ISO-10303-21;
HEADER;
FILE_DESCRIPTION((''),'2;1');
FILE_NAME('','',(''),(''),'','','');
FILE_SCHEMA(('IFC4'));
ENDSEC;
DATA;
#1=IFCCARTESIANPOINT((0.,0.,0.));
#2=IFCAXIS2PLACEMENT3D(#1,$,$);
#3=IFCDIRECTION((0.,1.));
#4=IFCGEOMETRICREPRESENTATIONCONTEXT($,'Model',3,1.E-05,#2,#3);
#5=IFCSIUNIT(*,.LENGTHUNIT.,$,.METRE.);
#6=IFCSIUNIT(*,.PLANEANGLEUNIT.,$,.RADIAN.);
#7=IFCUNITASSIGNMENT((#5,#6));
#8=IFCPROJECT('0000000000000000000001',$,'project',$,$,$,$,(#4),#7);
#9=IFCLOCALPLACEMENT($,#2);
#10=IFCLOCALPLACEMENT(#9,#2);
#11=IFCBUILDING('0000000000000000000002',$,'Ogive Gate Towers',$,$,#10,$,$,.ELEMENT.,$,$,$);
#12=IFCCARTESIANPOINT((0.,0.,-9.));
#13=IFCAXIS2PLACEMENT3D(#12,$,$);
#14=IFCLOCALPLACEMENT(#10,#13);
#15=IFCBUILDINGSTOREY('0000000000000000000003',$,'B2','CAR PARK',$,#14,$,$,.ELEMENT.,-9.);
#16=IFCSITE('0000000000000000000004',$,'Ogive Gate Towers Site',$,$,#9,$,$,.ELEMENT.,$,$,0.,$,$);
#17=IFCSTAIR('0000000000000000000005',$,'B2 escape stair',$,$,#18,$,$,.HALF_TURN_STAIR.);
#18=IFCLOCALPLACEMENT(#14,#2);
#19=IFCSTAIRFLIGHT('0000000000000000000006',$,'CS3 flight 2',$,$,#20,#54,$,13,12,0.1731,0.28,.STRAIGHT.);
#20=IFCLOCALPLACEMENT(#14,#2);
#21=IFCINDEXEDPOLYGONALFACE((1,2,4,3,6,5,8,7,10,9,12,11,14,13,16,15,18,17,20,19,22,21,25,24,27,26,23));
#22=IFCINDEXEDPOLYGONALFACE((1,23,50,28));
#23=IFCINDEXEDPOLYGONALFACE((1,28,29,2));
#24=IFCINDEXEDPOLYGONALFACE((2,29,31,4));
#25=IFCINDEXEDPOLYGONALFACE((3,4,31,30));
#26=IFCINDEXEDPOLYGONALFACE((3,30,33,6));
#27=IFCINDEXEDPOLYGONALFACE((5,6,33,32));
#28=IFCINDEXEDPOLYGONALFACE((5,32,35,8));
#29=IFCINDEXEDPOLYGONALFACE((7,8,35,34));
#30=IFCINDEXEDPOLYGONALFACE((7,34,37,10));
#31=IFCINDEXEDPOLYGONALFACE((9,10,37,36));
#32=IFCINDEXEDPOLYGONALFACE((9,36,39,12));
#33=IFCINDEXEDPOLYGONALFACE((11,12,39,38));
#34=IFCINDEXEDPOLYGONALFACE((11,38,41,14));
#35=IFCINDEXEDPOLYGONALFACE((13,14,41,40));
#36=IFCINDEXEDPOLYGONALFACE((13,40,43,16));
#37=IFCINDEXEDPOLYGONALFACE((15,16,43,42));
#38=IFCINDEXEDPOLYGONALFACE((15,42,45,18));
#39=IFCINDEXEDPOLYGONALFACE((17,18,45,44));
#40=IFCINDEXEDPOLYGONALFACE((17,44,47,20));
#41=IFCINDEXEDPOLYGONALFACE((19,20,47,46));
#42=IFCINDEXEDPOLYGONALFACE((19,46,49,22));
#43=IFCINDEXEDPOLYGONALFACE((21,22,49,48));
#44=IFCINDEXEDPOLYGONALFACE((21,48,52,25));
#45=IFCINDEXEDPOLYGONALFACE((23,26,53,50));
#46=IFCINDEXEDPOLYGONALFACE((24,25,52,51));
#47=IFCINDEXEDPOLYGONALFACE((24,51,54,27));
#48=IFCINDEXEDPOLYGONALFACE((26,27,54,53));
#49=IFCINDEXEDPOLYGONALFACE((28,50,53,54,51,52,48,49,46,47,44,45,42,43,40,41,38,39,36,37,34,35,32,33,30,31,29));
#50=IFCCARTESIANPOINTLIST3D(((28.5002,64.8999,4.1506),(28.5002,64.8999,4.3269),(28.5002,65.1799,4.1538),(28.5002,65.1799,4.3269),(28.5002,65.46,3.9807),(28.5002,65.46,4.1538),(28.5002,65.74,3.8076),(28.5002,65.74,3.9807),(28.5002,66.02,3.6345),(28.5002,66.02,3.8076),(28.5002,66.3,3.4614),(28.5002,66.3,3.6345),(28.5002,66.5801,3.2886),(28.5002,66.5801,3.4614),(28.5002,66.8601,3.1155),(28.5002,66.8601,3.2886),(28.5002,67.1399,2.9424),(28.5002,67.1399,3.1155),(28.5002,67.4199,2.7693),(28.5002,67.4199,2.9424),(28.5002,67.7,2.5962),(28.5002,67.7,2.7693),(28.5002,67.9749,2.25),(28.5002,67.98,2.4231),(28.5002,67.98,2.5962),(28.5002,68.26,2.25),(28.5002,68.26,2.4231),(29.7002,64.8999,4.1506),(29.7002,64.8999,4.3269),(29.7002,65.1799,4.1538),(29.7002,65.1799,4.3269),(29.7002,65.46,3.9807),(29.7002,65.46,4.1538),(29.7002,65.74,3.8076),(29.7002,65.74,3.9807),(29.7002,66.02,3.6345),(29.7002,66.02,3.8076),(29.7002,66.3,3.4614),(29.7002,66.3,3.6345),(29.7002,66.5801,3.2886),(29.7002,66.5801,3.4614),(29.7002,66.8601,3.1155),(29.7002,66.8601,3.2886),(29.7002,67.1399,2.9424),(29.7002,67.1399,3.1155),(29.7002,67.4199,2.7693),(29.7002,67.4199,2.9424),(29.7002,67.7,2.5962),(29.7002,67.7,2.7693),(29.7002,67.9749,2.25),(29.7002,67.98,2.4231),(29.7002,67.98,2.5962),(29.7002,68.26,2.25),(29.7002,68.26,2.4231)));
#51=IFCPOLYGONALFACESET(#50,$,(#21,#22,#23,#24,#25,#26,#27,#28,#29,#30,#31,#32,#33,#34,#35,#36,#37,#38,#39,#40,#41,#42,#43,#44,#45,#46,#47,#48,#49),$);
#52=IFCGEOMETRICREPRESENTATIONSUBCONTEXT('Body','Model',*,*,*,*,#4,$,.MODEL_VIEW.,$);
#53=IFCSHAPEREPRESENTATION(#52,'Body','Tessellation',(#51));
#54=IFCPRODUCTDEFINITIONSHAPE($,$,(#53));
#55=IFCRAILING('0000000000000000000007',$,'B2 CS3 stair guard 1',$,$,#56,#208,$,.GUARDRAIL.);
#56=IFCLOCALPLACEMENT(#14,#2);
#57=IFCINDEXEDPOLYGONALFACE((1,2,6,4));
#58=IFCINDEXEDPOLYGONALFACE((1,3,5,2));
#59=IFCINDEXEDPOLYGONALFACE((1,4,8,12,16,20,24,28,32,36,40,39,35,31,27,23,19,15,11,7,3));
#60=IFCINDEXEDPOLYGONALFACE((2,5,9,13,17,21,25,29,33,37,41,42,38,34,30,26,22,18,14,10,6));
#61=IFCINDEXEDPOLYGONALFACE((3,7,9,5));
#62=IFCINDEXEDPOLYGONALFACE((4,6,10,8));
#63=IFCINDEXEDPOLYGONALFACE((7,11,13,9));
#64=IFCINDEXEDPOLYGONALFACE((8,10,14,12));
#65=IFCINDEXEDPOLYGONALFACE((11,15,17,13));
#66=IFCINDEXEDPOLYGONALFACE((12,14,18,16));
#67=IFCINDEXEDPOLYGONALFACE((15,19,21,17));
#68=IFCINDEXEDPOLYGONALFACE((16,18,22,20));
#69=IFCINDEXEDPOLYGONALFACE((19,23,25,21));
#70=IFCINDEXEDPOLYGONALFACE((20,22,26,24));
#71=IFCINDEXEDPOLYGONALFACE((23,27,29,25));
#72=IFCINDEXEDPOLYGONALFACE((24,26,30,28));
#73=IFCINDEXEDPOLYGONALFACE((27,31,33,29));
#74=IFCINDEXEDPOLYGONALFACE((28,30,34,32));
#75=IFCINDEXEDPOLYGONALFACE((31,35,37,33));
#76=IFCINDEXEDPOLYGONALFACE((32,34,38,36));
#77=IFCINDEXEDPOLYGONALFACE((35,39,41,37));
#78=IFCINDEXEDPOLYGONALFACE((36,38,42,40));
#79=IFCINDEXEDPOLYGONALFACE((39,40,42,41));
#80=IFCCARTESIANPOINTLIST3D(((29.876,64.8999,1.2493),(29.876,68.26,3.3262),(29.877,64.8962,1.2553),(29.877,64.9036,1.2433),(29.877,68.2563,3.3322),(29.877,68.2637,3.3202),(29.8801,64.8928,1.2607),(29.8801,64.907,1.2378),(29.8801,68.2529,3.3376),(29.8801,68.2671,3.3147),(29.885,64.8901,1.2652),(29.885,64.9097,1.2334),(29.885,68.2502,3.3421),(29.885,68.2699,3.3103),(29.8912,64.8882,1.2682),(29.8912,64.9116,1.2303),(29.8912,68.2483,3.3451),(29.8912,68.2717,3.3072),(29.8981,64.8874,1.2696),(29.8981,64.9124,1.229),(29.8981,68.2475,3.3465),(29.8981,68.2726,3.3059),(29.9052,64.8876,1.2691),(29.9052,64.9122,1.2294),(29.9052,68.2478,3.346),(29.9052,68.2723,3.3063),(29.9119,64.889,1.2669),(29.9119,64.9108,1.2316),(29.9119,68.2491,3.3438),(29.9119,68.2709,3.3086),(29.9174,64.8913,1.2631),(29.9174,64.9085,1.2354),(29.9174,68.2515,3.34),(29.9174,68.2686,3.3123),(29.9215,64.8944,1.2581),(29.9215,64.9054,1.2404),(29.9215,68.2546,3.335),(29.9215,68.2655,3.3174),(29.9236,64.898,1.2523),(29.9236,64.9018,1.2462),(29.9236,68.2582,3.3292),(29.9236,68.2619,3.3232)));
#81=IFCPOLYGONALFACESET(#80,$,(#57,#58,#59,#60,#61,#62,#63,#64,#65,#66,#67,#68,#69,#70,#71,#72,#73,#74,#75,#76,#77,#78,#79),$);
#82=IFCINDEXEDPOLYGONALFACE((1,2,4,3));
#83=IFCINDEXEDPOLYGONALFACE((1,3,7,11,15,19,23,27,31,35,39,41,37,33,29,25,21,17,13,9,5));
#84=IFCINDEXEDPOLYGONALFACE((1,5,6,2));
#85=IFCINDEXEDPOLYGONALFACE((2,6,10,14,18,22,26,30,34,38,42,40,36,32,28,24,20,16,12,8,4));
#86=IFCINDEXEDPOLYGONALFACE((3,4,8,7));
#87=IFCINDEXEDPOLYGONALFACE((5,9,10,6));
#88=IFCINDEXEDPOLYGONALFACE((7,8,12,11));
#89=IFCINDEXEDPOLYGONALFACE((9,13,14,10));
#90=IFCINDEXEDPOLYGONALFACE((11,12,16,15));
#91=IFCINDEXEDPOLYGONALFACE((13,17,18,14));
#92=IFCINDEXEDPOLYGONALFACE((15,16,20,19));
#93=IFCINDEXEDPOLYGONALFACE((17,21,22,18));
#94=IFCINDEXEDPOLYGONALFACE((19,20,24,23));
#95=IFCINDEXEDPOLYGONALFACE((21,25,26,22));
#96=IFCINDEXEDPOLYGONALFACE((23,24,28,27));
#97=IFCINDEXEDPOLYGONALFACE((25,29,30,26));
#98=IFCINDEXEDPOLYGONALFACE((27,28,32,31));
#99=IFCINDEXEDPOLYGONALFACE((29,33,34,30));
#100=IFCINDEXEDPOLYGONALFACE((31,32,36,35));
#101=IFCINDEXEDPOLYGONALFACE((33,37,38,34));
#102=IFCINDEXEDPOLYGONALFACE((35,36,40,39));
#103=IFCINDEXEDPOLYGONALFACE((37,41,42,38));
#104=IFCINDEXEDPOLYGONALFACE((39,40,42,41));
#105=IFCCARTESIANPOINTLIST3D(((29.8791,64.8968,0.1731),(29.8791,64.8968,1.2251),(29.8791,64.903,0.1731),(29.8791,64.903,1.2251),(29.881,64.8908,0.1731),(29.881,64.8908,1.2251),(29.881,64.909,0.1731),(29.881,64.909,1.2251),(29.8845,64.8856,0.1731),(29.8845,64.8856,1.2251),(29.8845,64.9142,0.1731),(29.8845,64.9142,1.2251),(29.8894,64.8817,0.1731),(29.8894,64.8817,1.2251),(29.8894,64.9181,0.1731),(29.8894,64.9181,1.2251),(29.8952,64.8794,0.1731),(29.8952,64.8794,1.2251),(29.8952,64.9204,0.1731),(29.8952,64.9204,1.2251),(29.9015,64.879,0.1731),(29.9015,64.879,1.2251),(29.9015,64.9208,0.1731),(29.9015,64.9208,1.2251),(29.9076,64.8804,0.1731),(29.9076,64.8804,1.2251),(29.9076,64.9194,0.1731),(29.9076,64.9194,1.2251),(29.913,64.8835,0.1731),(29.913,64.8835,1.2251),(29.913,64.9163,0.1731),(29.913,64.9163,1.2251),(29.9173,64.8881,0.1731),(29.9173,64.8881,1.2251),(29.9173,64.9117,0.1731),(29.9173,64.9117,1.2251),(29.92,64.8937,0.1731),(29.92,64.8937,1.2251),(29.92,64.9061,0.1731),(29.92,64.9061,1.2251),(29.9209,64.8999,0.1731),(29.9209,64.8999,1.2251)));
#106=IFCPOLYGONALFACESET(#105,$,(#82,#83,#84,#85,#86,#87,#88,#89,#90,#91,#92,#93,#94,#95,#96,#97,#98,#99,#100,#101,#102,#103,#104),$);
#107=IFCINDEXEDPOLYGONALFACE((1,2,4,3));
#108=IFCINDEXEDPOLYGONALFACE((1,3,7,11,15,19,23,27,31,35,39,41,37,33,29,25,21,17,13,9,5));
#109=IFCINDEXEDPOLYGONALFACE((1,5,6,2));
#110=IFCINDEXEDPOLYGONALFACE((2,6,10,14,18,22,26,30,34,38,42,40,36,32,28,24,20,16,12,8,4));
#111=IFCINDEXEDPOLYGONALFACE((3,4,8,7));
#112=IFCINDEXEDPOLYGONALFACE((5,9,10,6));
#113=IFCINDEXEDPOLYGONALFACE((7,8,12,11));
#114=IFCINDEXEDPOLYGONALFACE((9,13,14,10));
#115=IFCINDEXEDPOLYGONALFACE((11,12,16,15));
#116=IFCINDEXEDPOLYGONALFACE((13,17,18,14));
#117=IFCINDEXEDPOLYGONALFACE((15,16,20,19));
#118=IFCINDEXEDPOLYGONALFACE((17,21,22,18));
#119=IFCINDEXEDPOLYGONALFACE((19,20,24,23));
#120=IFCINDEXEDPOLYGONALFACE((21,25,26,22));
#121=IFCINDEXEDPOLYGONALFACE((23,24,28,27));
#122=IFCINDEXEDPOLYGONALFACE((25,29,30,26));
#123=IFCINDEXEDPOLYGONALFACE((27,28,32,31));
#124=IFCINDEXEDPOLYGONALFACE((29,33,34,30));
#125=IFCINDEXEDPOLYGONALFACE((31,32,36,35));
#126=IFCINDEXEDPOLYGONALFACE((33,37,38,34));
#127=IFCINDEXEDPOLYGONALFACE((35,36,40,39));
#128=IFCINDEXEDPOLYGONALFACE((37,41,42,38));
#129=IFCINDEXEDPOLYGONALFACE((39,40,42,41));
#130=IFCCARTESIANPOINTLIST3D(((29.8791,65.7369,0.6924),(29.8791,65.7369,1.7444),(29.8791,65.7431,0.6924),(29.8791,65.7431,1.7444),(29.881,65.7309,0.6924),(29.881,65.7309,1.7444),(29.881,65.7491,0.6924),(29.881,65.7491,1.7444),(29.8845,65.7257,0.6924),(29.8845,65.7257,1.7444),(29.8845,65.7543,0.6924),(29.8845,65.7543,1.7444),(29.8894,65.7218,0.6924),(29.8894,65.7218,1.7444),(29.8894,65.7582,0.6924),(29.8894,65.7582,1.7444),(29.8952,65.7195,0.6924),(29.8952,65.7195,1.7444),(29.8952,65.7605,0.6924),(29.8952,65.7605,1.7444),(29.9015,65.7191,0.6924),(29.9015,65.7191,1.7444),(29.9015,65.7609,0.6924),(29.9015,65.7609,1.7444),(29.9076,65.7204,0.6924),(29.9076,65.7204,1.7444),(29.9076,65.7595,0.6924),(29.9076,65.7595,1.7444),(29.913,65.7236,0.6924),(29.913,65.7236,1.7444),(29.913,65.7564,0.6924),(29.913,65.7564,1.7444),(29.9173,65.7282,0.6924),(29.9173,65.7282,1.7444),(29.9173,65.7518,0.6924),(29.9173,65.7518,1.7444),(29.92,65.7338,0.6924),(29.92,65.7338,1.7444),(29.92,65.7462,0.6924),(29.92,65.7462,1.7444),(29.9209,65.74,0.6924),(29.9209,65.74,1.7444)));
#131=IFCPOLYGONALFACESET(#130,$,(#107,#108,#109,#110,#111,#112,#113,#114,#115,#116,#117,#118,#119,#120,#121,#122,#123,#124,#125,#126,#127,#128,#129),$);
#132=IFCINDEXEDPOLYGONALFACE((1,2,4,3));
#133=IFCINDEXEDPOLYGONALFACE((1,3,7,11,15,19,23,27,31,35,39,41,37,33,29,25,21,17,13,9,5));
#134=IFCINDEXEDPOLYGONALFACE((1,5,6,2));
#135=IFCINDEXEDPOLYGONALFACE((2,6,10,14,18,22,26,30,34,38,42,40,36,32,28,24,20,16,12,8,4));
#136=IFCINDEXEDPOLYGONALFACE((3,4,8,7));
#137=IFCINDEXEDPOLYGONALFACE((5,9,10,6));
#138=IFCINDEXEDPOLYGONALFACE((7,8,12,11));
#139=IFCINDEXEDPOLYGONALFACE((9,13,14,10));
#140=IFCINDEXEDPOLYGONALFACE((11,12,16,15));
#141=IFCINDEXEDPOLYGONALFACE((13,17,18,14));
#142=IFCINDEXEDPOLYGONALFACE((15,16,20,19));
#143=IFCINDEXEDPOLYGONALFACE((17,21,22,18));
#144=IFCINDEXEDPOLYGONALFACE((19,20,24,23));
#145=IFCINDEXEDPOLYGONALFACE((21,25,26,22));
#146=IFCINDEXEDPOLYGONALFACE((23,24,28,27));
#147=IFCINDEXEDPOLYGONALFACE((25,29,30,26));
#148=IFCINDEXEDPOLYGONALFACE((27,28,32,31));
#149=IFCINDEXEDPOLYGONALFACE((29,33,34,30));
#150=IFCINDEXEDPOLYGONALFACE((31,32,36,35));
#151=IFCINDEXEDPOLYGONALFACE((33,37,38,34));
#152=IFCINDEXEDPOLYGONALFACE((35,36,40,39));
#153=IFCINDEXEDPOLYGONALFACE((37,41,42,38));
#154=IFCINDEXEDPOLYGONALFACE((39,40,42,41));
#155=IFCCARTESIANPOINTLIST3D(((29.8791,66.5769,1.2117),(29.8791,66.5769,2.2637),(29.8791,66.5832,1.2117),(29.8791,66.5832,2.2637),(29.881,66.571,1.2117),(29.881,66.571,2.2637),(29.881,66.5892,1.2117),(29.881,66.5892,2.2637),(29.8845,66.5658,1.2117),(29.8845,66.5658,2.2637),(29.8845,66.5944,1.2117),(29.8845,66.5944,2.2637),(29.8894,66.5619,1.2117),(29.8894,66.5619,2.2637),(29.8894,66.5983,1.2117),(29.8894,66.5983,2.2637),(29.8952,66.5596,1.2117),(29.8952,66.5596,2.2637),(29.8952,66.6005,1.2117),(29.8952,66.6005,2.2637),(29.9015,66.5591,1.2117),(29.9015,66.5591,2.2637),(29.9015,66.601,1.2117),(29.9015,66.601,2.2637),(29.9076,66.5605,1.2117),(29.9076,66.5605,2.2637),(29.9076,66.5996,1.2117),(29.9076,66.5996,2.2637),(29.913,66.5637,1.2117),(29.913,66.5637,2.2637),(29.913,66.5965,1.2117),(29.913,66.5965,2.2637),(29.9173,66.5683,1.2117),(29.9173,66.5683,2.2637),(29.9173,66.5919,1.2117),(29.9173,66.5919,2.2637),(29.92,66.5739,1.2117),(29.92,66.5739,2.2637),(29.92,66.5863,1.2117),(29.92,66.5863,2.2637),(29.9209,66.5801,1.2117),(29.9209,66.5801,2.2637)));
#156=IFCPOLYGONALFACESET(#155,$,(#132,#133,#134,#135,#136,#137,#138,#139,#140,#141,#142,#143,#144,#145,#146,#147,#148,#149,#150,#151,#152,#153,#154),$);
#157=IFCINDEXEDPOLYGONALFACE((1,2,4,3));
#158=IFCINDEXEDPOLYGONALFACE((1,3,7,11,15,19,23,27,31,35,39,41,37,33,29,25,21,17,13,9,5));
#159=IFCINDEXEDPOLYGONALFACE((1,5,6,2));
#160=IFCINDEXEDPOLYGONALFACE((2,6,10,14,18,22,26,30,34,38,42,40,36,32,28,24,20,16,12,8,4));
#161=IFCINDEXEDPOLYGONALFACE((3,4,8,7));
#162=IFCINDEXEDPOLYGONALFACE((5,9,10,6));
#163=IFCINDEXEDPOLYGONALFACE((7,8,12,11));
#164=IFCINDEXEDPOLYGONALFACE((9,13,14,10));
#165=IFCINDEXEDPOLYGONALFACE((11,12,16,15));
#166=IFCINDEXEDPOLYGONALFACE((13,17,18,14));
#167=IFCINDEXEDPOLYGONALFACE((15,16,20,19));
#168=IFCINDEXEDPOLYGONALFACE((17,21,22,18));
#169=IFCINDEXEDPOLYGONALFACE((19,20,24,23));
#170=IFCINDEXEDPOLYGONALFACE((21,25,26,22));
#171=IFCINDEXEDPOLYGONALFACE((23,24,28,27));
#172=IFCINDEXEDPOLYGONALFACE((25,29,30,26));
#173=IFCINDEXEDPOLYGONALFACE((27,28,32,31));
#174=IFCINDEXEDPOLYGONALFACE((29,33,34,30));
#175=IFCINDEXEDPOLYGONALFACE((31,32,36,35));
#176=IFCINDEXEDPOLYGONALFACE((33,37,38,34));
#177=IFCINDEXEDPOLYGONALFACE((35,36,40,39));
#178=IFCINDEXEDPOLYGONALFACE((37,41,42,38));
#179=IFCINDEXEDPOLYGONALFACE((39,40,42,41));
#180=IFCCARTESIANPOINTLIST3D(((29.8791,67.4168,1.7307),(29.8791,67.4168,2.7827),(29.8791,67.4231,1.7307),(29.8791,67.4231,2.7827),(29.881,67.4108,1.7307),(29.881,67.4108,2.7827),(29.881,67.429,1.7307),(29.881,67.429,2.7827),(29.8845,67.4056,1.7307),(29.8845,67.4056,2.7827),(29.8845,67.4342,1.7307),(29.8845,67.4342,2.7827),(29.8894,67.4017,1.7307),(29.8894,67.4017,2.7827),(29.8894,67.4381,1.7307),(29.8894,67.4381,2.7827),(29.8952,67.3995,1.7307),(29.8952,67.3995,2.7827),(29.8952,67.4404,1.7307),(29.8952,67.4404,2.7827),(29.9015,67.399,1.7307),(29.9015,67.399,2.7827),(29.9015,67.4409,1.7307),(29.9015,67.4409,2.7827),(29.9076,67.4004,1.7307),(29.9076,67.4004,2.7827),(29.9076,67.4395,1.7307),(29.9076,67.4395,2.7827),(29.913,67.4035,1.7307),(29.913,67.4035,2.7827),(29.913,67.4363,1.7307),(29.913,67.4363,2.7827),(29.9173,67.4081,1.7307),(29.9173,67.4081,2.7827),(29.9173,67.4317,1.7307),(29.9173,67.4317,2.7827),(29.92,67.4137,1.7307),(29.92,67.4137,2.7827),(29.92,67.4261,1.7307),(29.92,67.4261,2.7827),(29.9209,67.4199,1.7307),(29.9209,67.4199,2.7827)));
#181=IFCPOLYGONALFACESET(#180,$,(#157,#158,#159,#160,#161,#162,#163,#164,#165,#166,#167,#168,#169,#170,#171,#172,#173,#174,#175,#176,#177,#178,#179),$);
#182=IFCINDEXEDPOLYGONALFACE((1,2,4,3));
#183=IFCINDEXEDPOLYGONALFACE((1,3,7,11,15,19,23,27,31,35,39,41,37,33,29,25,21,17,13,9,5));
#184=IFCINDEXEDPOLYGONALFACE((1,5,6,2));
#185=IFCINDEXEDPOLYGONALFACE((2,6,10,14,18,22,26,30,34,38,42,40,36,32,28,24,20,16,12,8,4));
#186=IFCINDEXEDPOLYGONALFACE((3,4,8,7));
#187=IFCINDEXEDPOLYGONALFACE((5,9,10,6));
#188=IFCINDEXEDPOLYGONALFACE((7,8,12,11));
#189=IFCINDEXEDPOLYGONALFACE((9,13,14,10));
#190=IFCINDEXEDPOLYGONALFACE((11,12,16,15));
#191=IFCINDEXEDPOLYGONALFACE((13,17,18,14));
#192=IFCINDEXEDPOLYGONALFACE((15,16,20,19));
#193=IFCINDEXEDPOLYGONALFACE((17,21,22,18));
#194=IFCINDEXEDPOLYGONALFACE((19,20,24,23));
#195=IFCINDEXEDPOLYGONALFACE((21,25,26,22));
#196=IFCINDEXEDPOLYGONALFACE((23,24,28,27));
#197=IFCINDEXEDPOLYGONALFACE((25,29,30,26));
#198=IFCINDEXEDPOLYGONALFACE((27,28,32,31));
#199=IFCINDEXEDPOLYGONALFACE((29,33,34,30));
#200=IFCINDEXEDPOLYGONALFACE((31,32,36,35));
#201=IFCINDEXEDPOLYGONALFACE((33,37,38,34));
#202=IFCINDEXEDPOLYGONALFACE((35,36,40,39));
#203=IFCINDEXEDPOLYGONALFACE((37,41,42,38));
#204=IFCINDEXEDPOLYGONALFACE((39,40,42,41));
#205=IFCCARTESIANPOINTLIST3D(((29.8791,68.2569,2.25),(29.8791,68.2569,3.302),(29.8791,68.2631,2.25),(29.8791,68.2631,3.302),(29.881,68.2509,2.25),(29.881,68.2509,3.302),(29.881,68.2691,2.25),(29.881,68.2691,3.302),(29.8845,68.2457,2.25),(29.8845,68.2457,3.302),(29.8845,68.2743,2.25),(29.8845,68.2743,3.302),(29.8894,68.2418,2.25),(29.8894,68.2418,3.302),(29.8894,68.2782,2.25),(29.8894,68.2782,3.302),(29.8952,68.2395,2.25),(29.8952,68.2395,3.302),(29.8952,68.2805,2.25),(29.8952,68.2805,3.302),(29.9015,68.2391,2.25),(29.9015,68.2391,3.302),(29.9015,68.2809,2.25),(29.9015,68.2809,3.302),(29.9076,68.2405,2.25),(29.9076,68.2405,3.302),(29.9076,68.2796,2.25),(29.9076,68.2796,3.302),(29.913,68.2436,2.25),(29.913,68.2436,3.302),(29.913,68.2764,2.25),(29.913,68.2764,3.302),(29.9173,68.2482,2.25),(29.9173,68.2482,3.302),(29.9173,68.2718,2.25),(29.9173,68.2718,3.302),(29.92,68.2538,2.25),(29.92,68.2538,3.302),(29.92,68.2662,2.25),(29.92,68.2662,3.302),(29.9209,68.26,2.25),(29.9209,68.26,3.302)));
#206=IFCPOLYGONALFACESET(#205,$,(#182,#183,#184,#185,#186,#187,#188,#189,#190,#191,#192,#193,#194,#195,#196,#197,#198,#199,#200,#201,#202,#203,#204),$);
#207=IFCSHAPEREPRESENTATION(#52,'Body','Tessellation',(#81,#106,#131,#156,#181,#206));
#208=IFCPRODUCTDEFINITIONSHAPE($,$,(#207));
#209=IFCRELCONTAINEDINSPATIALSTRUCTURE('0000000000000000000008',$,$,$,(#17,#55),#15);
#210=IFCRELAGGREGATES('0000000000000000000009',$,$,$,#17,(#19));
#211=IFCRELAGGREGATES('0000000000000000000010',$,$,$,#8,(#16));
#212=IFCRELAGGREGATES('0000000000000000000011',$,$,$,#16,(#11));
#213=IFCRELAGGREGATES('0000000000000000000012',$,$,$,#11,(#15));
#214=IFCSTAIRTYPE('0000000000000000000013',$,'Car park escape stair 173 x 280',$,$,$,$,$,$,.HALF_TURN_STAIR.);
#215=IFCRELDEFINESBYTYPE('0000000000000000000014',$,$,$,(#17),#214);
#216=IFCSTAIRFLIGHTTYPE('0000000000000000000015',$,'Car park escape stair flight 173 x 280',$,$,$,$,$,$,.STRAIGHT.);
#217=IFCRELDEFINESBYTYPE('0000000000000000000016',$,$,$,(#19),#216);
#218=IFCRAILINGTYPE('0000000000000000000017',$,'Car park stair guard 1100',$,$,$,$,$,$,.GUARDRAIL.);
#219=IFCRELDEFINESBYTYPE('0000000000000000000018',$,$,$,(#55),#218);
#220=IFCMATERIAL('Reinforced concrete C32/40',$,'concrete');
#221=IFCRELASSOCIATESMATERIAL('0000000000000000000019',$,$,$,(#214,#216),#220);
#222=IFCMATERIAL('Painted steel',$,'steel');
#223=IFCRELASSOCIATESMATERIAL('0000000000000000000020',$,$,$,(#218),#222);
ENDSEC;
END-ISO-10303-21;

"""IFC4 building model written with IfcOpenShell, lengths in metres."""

from ifc_helpers import new_model, si_unit, direction, frame, origin, origin_2d, place, context, subcontext, project, spatial, polyline, circle, outline, extrude, material, type_object, element, aggregate, save


model = new_model("IFC4")

# Units and contexts
model_context = context("Model", 3, precision=1e-05, world=origin(), true_north=direction((0.0, 1.0)))
body_context = subcontext(model_context, "Body", "Model", "MODEL_VIEW")
ifc_project = project(units=[si_unit("LENGTHUNIT", "METRE"), si_unit("PLANEANGLEUNIT", "RADIAN")], contexts=[model_context])

# Site, building, storey
site_placement = place(None, origin())
site = spatial("IfcSite", under=ifc_project, at=site_placement, Name="Ogive Gate Towers Site", CompositionType="ELEMENT", RefElevation=0.0)
building_placement = place(site_placement, origin())
building = spatial("IfcBuilding", under=site, at=building_placement, Name="Ogive Gate Towers", CompositionType="ELEMENT")
storey_placement = place(building_placement, frame((0.0, 0.0, -9.0)))
storey = spatial("IfcBuildingStorey", under=building, at=storey_placement, Name="B2", Description="CAR PARK", CompositionType="ELEMENT", Elevation=-9.0)

# Shared definitions
ifc_material_1 = material(Name="Reinforced concrete C32/40", Category="concrete")

# Stair, stair flight
stair_type = type_object("IfcStairType", Name="Car park escape stair 173 x 280", PredefinedType="HALF_TURN_STAIR", material=ifc_material_1)
stair_placement = place(storey_placement, origin())
stair = element("IfcStair", 1, at=stair_placement, inside=storey, type_object=stair_type, Name="B2 escape stair", PredefinedType="HALF_TURN_STAIR")
stair_flight_type = type_object("IfcStairFlightType", Name="Car park escape stair flight 173 x 280", PredefinedType="STRAIGHT", material=ifc_material_1)
stair_flight_1_placement = place(storey_placement, frame((29.1001, 68.26, 2.25), z_axis=(0.0, 0.0, 1.0), x_axis=(0.0, -1.0, 0.0)))
stair_flight_1 = element("IfcStairFlight", 2, at=stair_flight_1_placement, type_object=stair_flight_type, Name="CS3 flight 2", NumberOfRisers=13, NumberOfTreads=12, PredefinedType="STRAIGHT", RiserHeight=0.1731, TreadLength=0.28, context=body_context, shape_type="SweptSolid", body=[
    extrude(outline(polyline([(0.0, 0.0), (0.0, 0.1731), (0.28, 0.1731), (0.28, 0.3462), (0.5601, 0.3462), (0.5601, 0.5193), (0.8401, 0.5193), (0.8401, 0.6924), (1.1201, 0.6924), (1.1201, 0.8655), (1.3999, 0.8655), (1.3999, 1.0386), (1.6799, 1.0386), (1.6799, 1.2114), (1.96, 1.2114), (1.96, 1.3845), (2.24, 1.3845), (2.24, 1.5576), (2.52, 1.5576), (2.52, 1.7307), (2.8, 1.7307), (2.8, 1.9038), (3.0801, 1.9038), (3.0801, 2.0769), (3.3601, 2.0769), (3.3601, 2.25), (3.3601, 1.9006), (0.2852, 0.0), (0.0, 0.0)])), frame((0.0, 0.6001, 0.0), z_axis=(0.0, -1.0, 0.0), x_axis=(1.0, 0.0, 0.0)), (0.0, 0.0, 1.0), 1.2),
])
aggregate(stair, [stair_flight_1])

# Railing
ifc_material_2 = material(Name="Painted steel", Category="steel")
railing_type_1 = type_object("IfcRailingType", Name="Car park stair guard 1100", PredefinedType="GUARDRAIL", material=ifc_material_2)
railing_1_placement = place(storey_placement, frame((29.8999, 64.8999, 0.1731)))
element("IfcRailing", 3, at=railing_1_placement, inside=storey, type_object=railing_type_1, Name="B2 CS3 stair guard 1", PredefinedType="GUARDRAIL", context=body_context, shape_type="SweptSolid", body=[
    extrude(circle(Radius=0.0239, at=origin_2d()), frame((0.0, 0.0, 1.0762), z_axis=(0.0, 0.850623, 0.525776), x_axis=(-1.0, 0.0, 0.0)), (0.0, 0.0, 1.0), 3.9502),
    extrude(circle(Radius=0.021, at=origin_2d()), origin(), (0.0, 0.0, 1.0), 1.052),
    extrude(circle(Radius=0.021, at=origin_2d()), frame((0.0, 0.8401, 0.5193)), (0.0, 0.0, 1.0), 1.052),
    extrude(circle(Radius=0.021, at=origin_2d()), frame((0.0, 1.6802, 1.0386)), (0.0, 0.0, 1.0), 1.052),
    extrude(circle(Radius=0.021, at=origin_2d()), frame((0.0, 2.52, 1.5576)), (0.0, 0.0, 1.0), 1.052),
    extrude(circle(Radius=0.021, at=origin_2d()), frame((0.0, 3.3601, 2.0769)), (0.0, 0.0, 1.0), 1.052),
])

save(model, "model.ifc")
